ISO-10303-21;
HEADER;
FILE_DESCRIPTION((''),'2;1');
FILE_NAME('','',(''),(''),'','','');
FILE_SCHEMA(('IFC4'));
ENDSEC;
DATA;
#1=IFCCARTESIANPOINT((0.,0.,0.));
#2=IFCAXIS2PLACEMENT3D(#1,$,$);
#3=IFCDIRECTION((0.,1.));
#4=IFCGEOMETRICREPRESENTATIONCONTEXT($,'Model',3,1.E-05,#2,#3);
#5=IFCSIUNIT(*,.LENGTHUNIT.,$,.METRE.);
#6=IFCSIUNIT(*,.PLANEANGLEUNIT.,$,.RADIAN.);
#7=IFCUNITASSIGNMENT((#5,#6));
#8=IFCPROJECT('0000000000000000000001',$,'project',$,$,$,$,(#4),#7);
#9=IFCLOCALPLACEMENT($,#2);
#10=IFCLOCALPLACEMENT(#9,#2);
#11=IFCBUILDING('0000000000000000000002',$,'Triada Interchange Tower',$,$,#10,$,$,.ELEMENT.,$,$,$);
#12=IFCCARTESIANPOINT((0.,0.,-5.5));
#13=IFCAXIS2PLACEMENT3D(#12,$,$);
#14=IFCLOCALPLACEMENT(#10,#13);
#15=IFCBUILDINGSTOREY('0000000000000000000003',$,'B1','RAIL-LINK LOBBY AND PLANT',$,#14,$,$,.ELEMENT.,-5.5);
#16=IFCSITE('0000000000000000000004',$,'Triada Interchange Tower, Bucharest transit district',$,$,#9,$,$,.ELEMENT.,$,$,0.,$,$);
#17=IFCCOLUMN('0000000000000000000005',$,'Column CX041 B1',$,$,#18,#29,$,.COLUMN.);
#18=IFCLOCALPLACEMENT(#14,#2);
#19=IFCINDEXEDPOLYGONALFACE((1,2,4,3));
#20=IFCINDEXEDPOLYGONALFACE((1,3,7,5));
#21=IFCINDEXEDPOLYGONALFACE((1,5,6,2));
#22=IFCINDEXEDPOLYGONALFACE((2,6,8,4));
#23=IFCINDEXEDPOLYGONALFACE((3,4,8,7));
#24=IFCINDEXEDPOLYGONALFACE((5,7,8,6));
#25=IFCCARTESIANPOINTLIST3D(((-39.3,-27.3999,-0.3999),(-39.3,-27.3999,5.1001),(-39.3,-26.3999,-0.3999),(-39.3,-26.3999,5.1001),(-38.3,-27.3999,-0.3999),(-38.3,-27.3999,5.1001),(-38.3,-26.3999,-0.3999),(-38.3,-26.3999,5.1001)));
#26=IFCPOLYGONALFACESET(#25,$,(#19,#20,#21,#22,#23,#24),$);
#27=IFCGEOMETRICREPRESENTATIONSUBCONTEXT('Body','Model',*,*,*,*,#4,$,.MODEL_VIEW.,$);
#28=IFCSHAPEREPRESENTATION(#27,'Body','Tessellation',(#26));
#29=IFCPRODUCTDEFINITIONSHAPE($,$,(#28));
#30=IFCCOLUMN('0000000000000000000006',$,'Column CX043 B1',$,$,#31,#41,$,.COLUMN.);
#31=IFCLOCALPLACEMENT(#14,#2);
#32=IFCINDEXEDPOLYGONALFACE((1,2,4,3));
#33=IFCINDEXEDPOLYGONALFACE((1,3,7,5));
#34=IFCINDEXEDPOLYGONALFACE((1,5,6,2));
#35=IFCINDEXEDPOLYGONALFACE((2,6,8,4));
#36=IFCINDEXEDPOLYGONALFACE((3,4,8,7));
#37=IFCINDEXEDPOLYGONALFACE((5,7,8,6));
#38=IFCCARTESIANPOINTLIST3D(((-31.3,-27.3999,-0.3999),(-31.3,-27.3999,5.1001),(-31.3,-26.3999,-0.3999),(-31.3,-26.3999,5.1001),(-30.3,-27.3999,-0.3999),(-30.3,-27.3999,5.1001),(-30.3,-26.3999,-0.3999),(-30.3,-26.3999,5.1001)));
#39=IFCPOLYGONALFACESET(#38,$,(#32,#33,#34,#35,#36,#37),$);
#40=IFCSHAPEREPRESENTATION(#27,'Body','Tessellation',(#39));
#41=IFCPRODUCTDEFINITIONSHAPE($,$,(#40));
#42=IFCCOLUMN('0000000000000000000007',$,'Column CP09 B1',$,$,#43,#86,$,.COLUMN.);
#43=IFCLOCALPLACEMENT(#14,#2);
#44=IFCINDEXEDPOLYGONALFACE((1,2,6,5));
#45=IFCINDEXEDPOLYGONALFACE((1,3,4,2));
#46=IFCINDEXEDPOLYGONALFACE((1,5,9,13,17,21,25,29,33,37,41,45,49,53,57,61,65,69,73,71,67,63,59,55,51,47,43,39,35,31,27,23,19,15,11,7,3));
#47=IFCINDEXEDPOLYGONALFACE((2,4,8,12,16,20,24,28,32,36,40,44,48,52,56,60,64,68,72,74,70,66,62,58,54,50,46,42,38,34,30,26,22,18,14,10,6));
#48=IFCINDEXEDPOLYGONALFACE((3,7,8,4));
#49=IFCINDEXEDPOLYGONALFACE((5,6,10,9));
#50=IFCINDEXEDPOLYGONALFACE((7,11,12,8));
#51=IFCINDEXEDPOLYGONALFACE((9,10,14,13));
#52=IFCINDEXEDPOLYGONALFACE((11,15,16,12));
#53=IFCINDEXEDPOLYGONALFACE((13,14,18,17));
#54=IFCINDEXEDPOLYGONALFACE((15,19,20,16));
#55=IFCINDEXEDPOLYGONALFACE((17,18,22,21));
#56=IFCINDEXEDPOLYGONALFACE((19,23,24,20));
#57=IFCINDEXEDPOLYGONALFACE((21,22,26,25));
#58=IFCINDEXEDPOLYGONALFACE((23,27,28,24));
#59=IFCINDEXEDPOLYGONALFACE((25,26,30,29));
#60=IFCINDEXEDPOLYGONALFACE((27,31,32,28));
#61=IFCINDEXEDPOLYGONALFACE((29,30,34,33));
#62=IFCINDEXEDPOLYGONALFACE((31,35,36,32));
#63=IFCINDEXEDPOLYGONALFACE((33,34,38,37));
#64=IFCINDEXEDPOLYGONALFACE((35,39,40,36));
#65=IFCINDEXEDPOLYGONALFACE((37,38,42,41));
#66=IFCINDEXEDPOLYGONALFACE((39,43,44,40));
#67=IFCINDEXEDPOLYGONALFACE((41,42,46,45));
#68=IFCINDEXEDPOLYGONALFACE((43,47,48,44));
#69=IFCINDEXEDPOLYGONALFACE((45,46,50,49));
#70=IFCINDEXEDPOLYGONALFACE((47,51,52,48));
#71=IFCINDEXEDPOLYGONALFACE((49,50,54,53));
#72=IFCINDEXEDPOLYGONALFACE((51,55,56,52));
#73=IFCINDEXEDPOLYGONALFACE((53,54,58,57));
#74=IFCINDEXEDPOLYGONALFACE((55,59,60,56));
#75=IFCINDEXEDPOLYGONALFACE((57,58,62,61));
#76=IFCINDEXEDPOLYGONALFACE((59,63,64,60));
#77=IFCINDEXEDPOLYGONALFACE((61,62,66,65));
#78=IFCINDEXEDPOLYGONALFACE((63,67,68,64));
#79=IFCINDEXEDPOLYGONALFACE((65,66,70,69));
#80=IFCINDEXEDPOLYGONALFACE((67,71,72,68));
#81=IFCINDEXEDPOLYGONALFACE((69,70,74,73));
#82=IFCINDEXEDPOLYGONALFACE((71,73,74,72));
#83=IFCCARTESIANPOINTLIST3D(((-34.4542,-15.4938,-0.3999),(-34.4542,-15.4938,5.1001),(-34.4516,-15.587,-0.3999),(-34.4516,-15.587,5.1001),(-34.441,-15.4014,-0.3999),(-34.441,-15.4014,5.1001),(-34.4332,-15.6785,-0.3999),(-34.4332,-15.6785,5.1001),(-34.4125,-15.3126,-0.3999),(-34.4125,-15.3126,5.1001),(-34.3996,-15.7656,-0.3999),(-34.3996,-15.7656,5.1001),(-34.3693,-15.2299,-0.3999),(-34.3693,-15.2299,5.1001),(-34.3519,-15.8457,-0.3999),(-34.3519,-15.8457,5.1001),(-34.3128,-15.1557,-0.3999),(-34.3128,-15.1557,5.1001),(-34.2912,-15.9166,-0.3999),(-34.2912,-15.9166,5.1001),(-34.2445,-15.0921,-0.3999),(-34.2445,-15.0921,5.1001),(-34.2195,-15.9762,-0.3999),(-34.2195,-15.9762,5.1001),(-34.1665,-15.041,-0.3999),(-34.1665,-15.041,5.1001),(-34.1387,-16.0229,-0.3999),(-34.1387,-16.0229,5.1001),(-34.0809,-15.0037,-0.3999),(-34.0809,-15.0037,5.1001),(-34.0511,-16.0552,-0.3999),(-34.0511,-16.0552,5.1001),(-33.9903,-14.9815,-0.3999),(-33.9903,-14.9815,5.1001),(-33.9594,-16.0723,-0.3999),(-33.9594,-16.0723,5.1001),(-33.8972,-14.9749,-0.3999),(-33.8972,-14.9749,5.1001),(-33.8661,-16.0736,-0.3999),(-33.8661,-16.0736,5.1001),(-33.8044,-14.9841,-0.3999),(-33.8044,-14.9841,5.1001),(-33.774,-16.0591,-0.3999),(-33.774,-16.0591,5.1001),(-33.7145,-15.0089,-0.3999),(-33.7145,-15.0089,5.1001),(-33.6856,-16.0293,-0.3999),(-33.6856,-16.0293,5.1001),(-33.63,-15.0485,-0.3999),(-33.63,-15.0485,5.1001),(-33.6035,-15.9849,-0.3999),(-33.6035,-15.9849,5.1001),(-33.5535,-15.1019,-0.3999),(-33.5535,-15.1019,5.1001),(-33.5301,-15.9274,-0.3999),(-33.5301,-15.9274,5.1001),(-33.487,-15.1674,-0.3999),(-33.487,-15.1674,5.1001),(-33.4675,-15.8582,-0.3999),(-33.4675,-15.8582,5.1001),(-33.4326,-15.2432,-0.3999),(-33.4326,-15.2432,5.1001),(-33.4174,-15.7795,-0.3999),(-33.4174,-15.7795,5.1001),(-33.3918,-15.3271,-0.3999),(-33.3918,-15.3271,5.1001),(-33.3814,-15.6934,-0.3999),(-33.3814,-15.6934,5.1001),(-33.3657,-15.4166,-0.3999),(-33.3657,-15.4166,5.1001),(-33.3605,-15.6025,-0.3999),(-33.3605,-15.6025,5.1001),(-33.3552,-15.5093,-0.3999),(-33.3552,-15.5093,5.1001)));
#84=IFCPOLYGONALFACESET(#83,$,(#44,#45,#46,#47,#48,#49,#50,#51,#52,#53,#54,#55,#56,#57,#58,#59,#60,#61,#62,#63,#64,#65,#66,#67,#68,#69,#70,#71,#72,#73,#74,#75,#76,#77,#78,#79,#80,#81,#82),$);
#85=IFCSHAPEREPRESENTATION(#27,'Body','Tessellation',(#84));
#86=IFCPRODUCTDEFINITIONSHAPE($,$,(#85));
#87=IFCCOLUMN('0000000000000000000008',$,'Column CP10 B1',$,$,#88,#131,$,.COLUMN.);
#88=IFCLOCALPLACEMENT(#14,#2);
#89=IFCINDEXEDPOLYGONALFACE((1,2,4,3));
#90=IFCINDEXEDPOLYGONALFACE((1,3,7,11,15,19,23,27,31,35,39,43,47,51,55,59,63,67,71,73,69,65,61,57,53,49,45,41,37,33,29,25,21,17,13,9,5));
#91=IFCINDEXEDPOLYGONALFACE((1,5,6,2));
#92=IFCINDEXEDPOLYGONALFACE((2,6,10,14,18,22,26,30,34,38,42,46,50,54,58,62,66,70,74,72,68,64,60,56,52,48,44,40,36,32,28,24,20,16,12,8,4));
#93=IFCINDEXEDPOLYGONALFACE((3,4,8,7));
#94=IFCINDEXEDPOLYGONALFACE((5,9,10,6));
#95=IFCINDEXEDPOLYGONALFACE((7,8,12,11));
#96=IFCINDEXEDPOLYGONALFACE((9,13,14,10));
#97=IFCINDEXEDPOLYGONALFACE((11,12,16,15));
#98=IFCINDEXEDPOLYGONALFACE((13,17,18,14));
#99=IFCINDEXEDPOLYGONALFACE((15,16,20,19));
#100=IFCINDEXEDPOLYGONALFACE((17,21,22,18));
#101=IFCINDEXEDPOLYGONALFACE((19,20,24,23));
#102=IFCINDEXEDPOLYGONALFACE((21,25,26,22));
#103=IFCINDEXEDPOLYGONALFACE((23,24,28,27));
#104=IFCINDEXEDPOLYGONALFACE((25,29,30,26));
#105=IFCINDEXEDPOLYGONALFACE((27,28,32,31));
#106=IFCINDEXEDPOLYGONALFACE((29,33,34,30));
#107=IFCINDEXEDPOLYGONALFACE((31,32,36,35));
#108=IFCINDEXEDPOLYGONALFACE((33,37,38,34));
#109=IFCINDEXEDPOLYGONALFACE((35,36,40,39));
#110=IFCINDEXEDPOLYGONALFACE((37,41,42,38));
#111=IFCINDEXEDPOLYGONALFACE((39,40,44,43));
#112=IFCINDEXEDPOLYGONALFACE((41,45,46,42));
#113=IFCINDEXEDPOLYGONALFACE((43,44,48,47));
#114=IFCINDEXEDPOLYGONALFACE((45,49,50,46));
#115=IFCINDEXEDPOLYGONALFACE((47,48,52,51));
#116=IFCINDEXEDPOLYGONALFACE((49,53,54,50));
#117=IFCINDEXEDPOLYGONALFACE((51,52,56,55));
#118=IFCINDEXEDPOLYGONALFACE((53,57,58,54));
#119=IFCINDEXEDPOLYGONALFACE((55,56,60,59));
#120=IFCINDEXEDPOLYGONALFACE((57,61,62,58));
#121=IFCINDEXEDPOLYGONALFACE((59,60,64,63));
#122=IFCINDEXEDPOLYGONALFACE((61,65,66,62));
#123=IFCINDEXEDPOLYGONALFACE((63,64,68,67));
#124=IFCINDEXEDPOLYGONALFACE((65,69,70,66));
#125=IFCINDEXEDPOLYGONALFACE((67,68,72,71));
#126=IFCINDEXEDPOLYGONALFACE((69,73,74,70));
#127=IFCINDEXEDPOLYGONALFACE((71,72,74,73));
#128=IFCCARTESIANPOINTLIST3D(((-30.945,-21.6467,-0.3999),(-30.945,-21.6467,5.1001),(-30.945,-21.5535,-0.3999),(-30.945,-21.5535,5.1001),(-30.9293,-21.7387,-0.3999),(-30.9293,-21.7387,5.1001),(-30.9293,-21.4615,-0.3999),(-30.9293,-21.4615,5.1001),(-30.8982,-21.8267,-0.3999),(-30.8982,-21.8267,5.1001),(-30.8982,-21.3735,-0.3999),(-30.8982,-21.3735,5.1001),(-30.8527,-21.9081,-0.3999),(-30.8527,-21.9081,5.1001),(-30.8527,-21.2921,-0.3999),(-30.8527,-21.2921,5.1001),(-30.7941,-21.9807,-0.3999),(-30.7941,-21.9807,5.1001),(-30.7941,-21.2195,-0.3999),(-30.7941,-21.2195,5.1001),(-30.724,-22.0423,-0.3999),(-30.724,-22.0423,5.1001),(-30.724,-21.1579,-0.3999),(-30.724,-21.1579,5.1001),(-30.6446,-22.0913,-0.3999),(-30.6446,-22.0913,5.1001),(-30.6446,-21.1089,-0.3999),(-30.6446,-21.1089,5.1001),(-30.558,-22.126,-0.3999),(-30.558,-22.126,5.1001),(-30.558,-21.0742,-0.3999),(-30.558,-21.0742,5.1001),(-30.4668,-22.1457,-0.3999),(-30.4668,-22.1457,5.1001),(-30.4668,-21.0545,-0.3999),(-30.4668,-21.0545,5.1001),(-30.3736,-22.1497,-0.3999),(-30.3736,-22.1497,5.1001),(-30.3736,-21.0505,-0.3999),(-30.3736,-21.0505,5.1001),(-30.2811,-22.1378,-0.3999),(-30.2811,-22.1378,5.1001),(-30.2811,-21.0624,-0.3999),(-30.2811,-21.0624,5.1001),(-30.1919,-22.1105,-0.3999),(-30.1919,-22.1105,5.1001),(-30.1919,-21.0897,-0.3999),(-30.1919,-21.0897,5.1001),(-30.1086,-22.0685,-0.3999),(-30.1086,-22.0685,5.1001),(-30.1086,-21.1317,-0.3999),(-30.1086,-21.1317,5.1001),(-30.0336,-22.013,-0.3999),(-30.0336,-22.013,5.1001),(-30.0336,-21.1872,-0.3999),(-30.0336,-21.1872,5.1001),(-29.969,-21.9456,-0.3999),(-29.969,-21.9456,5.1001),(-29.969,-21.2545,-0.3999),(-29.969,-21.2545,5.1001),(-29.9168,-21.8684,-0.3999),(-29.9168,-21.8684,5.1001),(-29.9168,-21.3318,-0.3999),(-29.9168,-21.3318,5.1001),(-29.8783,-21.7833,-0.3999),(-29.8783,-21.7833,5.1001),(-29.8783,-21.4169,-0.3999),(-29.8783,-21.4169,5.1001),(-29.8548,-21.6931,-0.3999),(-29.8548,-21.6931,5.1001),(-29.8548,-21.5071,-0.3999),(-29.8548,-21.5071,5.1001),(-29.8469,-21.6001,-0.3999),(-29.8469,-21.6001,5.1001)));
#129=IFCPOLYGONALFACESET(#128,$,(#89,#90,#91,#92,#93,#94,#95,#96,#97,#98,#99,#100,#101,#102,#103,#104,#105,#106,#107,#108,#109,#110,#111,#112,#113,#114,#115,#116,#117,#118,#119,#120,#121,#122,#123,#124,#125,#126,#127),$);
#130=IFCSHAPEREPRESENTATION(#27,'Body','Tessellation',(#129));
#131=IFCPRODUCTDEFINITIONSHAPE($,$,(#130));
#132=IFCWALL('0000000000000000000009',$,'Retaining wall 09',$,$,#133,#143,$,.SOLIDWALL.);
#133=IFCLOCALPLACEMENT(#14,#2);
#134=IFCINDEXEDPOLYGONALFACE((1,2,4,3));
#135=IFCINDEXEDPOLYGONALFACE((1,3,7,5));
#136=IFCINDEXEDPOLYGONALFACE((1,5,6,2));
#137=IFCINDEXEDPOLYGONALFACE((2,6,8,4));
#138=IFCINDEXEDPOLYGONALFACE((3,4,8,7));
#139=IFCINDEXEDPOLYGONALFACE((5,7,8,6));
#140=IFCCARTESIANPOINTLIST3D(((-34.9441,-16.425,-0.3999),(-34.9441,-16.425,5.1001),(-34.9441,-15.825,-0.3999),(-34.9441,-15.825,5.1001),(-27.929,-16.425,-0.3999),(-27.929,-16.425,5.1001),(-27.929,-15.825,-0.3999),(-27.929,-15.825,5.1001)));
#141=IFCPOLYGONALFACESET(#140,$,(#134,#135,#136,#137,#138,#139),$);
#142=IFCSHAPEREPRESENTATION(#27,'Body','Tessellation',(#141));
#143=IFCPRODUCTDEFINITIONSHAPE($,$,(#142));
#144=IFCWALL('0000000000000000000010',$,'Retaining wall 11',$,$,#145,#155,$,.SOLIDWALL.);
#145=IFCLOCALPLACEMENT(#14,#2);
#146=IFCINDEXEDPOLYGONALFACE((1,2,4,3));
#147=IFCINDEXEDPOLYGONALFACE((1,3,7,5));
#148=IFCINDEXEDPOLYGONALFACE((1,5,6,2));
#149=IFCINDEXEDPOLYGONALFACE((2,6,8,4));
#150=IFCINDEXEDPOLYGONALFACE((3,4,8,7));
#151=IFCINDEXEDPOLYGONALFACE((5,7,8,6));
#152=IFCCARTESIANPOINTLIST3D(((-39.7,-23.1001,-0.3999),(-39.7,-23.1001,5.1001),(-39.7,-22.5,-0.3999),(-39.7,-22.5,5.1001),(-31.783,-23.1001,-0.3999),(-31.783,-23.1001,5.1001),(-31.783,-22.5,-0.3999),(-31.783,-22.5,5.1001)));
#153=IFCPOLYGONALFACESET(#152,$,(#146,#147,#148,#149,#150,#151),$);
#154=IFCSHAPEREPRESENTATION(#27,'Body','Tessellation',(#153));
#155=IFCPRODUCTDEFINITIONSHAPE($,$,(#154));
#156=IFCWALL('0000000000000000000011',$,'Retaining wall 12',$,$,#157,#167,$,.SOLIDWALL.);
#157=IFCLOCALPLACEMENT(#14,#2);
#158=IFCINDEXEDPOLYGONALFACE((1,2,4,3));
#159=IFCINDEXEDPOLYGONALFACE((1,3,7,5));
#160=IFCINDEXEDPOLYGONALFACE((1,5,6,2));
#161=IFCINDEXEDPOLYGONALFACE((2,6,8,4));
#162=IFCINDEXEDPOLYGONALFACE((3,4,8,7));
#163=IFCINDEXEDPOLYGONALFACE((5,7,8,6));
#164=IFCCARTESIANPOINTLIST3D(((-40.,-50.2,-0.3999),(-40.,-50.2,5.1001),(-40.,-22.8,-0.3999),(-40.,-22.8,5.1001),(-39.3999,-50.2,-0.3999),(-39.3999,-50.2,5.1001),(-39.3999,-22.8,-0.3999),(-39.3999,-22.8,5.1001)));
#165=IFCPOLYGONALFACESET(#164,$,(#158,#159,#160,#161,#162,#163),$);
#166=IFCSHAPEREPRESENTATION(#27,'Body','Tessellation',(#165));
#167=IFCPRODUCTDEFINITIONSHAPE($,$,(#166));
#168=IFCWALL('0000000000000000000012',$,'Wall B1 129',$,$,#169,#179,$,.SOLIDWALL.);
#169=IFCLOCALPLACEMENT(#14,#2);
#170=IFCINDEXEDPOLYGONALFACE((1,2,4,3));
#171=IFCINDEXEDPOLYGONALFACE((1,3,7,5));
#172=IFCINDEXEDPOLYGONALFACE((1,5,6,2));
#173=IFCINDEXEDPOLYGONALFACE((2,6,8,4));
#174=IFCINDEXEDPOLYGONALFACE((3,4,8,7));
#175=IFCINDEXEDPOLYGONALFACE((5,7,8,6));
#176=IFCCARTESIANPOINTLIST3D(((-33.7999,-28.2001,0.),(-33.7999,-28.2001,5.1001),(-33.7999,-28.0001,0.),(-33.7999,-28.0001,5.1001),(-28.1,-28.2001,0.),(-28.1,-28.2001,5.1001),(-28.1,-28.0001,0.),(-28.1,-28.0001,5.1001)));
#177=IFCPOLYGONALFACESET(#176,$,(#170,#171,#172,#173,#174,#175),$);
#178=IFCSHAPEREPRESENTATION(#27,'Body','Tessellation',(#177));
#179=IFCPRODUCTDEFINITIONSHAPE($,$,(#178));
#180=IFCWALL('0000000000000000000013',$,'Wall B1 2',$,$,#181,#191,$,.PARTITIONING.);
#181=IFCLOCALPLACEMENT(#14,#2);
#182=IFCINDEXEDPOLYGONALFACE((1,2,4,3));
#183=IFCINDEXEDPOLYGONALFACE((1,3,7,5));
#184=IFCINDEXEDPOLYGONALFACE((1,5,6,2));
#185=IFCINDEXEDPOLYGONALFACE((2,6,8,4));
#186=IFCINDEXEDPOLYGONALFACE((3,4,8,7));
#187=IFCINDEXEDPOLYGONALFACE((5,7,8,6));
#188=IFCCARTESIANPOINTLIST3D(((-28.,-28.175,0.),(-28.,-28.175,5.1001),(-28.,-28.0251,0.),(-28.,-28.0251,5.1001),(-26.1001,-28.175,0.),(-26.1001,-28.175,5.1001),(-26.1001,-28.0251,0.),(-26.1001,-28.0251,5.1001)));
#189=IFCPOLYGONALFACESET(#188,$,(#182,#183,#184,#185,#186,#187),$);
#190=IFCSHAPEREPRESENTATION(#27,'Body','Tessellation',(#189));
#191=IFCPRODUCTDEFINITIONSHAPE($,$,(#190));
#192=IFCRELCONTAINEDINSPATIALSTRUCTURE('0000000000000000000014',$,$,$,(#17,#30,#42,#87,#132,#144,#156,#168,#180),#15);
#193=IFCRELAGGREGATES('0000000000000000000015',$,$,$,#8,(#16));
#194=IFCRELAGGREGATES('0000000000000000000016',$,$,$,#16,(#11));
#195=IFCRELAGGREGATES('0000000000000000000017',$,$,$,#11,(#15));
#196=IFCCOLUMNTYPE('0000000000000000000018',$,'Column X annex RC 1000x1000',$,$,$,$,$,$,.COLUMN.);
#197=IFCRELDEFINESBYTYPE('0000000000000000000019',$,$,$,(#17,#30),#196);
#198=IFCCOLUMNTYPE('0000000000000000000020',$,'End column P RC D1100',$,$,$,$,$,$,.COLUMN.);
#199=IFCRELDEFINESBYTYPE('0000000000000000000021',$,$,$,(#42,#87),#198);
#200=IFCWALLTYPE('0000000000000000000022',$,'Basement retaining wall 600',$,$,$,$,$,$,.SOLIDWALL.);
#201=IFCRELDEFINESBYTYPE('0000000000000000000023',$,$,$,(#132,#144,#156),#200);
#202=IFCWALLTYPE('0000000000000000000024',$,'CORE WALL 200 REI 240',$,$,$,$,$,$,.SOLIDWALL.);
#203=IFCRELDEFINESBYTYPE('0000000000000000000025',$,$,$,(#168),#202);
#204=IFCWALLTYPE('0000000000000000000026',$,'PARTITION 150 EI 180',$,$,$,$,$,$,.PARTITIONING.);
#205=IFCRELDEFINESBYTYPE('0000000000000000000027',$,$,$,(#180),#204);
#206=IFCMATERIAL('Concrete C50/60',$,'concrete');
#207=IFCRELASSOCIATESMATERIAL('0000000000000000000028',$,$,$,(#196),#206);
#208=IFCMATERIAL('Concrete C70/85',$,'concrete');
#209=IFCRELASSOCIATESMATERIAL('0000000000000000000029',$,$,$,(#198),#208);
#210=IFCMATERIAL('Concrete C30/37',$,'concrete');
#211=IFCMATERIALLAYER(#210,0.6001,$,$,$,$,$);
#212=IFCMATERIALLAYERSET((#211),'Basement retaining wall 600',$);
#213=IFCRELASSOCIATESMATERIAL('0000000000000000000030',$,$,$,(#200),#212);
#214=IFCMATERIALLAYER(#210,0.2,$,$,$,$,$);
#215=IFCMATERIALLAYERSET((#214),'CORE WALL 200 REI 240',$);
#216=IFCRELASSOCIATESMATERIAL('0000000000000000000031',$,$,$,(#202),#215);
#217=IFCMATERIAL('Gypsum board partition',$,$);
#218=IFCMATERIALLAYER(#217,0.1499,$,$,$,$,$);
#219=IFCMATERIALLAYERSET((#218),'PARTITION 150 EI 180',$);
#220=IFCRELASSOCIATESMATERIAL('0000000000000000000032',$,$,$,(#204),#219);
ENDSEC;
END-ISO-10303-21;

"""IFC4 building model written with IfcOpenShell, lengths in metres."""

from ifc_helpers import new_model, si_unit, direction, frame, frame_2d, origin, origin_2d, place, context, subcontext, project, spatial, rectangle, circle, extrude, material, layer, layer_set, material_profile, profile_set, type_object, element, save


model = new_model("IFC4")

# Units and contexts
model_context = context("Model", 3, precision=1e-05, world=origin(), true_north=direction((0.0, 1.0)))
body_context = subcontext(model_context, "Body", "Model", "MODEL_VIEW")
ifc_project = project(units=[si_unit("LENGTHUNIT", "METRE"), si_unit("PLANEANGLEUNIT", "RADIAN")], contexts=[model_context])

# Site, building, storey
site_placement = place(None, origin())
site = spatial("IfcSite", under=ifc_project, at=site_placement, Name="Triada Interchange Tower, Bucharest transit district", CompositionType="ELEMENT", RefElevation=0.0)
building_placement = place(site_placement, origin())
building = spatial("IfcBuilding", under=site, at=building_placement, Name="Triada Interchange Tower", CompositionType="ELEMENT")
storey_placement = place(building_placement, frame((0.0, 0.0, -5.5)))
storey = spatial("IfcBuildingStorey", under=building, at=storey_placement, Name="B1", Description="RAIL-LINK LOBBY AND PLANT", CompositionType="ELEMENT", Elevation=-5.5)

# Shared definitions
ifc_material_1 = material(Name="Concrete C30/37", Category="concrete")

# Columns
ifc_material_2 = material(Name="Concrete C50/60", Category="concrete")
ifc_material_profile_1 = material_profile(ifc_material_2, rectangle(XDim=1.0, YDim=1.0, at=origin_2d()), Name="RC 1000x1000")
ifc_profile_set_1 = profile_set([ifc_material_profile_1], Name="Concrete C50/60")
column_type_1 = type_object("IfcColumnType", Name="Column X annex RC 1000x1000", PredefinedType="COLUMN", material=ifc_profile_set_1)
for number, where, z_axis, x_axis, name in (
    (1, (-38.8, -26.8999, -0.3999), (0.0, 0.0, 1.0), (1.0, 0.0, 0.0), "Column CX041 B1"),
    (2, (-30.8, -26.8999, -0.3999), (0.0, 0.0, 1.0), (1.0, 0.0, 0.0), "Column CX043 B1"),
):
    element("IfcColumn", number, at=place(storey_placement, frame(where, z_axis=z_axis, x_axis=x_axis)), inside=storey, type_object=column_type_1, Name=name, PredefinedType="COLUMN", context=body_context, shape_type="SweptSolid", body=[
        extrude(rectangle(XDim=1.0, YDim=1.0, at=origin_2d()), origin(), (0.0, 0.0, 1.0), 5.5),
    ])
ifc_material_3 = material(Name="Concrete C70/85", Category="concrete")
ifc_material_profile_2 = material_profile(ifc_material_3, circle(Radius=0.55, at=origin_2d()), Name="RC D1100")
ifc_profile_set_2 = profile_set([ifc_material_profile_2], Name="Concrete C70/85")
column_type_2 = type_object("IfcColumnType", Name="End column P RC D1100", PredefinedType="COLUMN", material=ifc_profile_set_2)
for number, where, z_axis, x_axis, name in (
    (3, (-33.905, -15.5249, -0.3999), (0.0, 0.0, 1.0), (0.5, 0.866025, 0.0), "Column CP09 B1"),
    (4, (-30.397, -21.6001, -0.3999), (0.0, 0.0, 1.0), (1.0, 0.0, 0.0), "Column CP10 B1"),
):
    element("IfcColumn", number, at=place(storey_placement, frame(where, z_axis=z_axis, x_axis=x_axis)), inside=storey, type_object=column_type_2, Name=name, PredefinedType="COLUMN", context=body_context, shape_type="SweptSolid", body=[
        extrude(circle(Radius=0.55, at=origin_2d()), origin(), (0.0, 0.0, 1.0), 5.5),
    ])

# Walls
ifc_layer_1 = layer(ifc_material_1, 0.6001)
ifc_layer_set_1 = layer_set([ifc_layer_1], Name="Basement retaining wall 600")
wall_type_1 = type_object("IfcWallType", Name="Basement retaining wall 600", PredefinedType="SOLIDWALL", material=ifc_layer_set_1)
wall_1_placement = place(storey_placement, frame((-34.9441, -16.125, -0.3999), z_axis=(0.0, 0.0, 1.0), x_axis=(1.0, 0.0, 0.0)))
element("IfcWall", 5, at=wall_1_placement, inside=storey, type_object=wall_type_1, Name="Retaining wall 09", PredefinedType="SOLIDWALL", context=body_context, shape_type="SweptSolid", body=[
    extrude(rectangle(XDim=7.0151, YDim=0.6001, at=frame_2d((3.5076, 0.0))), origin(), (0.0, 0.0, 1.0), 5.5),
])
wall_2_placement = place(storey_placement, frame((-31.783, -22.8, -0.3999), z_axis=(0.0, 0.0, 1.0), x_axis=(-1.0, 0.0, 0.0)))
element("IfcWall", 6, at=wall_2_placement, inside=storey, type_object=wall_type_1, Name="Retaining wall 11", PredefinedType="SOLIDWALL", context=body_context, shape_type="SweptSolid", body=[
    extrude(rectangle(XDim=7.917, YDim=0.6001, at=frame_2d((3.9585, 0.0))), origin(), (0.0, 0.0, 1.0), 5.5),
])
wall_3_placement = place(storey_placement, frame((-39.7, -22.8, -0.3999), z_axis=(0.0, 0.0, 1.0), x_axis=(0.0, -1.0, 0.0)))
element("IfcWall", 7, at=wall_3_placement, inside=storey, type_object=wall_type_1, Name="Retaining wall 12", PredefinedType="SOLIDWALL", context=body_context, shape_type="SweptSolid", body=[
    extrude(rectangle(XDim=27.3999, YDim=0.6001, at=frame_2d((13.7, 0.0))), origin(), (0.0, 0.0, 1.0), 5.5),
])
ifc_layer_2 = layer(ifc_material_1, 0.2)
ifc_layer_set_2 = layer_set([ifc_layer_2], Name="CORE WALL 200 REI 240")
wall_type_2 = type_object("IfcWallType", Name="CORE WALL 200 REI 240", PredefinedType="SOLIDWALL", material=ifc_layer_set_2)
wall_4_placement = place(storey_placement, frame((-33.8, -28.1001, 0.0), z_axis=(0.0, 0.0, 1.0), x_axis=(1.0, 0.0, 0.0)))
element("IfcWall", 8, at=wall_4_placement, inside=storey, type_object=wall_type_2, Name="Wall B1 129", PredefinedType="SOLIDWALL", context=body_context, shape_type="SweptSolid", body=[
    extrude(rectangle(XDim=5.7, YDim=0.2, at=frame_2d((2.8501, 0.0))), origin(), (0.0, 0.0, 1.0), 5.1001),
])
ifc_material_4 = material(Name="Gypsum board partition")
ifc_layer_3 = layer(ifc_material_4, 0.1499)
ifc_layer_set_3 = layer_set([ifc_layer_3], Name="PARTITION 150 EI 180")
wall_type_3 = type_object("IfcWallType", Name="PARTITION 150 EI 180", PredefinedType="PARTITIONING", material=ifc_layer_set_3)
wall_5_placement = place(storey_placement, frame((-28.0, -28.1001, 0.0), z_axis=(0.0, 0.0, 1.0), x_axis=(1.0, 0.0, 0.0)))
element("IfcWall", 9, at=wall_5_placement, inside=storey, type_object=wall_type_3, Name="Wall B1 2", PredefinedType="PARTITIONING", context=body_context, shape_type="SweptSolid", body=[
    extrude(rectangle(XDim=1.8999, YDim=0.1499, at=frame_2d((0.95, 0.0))), origin(), (0.0, 0.0, 1.0), 5.1001),
])

save(model, "model.ifc")
